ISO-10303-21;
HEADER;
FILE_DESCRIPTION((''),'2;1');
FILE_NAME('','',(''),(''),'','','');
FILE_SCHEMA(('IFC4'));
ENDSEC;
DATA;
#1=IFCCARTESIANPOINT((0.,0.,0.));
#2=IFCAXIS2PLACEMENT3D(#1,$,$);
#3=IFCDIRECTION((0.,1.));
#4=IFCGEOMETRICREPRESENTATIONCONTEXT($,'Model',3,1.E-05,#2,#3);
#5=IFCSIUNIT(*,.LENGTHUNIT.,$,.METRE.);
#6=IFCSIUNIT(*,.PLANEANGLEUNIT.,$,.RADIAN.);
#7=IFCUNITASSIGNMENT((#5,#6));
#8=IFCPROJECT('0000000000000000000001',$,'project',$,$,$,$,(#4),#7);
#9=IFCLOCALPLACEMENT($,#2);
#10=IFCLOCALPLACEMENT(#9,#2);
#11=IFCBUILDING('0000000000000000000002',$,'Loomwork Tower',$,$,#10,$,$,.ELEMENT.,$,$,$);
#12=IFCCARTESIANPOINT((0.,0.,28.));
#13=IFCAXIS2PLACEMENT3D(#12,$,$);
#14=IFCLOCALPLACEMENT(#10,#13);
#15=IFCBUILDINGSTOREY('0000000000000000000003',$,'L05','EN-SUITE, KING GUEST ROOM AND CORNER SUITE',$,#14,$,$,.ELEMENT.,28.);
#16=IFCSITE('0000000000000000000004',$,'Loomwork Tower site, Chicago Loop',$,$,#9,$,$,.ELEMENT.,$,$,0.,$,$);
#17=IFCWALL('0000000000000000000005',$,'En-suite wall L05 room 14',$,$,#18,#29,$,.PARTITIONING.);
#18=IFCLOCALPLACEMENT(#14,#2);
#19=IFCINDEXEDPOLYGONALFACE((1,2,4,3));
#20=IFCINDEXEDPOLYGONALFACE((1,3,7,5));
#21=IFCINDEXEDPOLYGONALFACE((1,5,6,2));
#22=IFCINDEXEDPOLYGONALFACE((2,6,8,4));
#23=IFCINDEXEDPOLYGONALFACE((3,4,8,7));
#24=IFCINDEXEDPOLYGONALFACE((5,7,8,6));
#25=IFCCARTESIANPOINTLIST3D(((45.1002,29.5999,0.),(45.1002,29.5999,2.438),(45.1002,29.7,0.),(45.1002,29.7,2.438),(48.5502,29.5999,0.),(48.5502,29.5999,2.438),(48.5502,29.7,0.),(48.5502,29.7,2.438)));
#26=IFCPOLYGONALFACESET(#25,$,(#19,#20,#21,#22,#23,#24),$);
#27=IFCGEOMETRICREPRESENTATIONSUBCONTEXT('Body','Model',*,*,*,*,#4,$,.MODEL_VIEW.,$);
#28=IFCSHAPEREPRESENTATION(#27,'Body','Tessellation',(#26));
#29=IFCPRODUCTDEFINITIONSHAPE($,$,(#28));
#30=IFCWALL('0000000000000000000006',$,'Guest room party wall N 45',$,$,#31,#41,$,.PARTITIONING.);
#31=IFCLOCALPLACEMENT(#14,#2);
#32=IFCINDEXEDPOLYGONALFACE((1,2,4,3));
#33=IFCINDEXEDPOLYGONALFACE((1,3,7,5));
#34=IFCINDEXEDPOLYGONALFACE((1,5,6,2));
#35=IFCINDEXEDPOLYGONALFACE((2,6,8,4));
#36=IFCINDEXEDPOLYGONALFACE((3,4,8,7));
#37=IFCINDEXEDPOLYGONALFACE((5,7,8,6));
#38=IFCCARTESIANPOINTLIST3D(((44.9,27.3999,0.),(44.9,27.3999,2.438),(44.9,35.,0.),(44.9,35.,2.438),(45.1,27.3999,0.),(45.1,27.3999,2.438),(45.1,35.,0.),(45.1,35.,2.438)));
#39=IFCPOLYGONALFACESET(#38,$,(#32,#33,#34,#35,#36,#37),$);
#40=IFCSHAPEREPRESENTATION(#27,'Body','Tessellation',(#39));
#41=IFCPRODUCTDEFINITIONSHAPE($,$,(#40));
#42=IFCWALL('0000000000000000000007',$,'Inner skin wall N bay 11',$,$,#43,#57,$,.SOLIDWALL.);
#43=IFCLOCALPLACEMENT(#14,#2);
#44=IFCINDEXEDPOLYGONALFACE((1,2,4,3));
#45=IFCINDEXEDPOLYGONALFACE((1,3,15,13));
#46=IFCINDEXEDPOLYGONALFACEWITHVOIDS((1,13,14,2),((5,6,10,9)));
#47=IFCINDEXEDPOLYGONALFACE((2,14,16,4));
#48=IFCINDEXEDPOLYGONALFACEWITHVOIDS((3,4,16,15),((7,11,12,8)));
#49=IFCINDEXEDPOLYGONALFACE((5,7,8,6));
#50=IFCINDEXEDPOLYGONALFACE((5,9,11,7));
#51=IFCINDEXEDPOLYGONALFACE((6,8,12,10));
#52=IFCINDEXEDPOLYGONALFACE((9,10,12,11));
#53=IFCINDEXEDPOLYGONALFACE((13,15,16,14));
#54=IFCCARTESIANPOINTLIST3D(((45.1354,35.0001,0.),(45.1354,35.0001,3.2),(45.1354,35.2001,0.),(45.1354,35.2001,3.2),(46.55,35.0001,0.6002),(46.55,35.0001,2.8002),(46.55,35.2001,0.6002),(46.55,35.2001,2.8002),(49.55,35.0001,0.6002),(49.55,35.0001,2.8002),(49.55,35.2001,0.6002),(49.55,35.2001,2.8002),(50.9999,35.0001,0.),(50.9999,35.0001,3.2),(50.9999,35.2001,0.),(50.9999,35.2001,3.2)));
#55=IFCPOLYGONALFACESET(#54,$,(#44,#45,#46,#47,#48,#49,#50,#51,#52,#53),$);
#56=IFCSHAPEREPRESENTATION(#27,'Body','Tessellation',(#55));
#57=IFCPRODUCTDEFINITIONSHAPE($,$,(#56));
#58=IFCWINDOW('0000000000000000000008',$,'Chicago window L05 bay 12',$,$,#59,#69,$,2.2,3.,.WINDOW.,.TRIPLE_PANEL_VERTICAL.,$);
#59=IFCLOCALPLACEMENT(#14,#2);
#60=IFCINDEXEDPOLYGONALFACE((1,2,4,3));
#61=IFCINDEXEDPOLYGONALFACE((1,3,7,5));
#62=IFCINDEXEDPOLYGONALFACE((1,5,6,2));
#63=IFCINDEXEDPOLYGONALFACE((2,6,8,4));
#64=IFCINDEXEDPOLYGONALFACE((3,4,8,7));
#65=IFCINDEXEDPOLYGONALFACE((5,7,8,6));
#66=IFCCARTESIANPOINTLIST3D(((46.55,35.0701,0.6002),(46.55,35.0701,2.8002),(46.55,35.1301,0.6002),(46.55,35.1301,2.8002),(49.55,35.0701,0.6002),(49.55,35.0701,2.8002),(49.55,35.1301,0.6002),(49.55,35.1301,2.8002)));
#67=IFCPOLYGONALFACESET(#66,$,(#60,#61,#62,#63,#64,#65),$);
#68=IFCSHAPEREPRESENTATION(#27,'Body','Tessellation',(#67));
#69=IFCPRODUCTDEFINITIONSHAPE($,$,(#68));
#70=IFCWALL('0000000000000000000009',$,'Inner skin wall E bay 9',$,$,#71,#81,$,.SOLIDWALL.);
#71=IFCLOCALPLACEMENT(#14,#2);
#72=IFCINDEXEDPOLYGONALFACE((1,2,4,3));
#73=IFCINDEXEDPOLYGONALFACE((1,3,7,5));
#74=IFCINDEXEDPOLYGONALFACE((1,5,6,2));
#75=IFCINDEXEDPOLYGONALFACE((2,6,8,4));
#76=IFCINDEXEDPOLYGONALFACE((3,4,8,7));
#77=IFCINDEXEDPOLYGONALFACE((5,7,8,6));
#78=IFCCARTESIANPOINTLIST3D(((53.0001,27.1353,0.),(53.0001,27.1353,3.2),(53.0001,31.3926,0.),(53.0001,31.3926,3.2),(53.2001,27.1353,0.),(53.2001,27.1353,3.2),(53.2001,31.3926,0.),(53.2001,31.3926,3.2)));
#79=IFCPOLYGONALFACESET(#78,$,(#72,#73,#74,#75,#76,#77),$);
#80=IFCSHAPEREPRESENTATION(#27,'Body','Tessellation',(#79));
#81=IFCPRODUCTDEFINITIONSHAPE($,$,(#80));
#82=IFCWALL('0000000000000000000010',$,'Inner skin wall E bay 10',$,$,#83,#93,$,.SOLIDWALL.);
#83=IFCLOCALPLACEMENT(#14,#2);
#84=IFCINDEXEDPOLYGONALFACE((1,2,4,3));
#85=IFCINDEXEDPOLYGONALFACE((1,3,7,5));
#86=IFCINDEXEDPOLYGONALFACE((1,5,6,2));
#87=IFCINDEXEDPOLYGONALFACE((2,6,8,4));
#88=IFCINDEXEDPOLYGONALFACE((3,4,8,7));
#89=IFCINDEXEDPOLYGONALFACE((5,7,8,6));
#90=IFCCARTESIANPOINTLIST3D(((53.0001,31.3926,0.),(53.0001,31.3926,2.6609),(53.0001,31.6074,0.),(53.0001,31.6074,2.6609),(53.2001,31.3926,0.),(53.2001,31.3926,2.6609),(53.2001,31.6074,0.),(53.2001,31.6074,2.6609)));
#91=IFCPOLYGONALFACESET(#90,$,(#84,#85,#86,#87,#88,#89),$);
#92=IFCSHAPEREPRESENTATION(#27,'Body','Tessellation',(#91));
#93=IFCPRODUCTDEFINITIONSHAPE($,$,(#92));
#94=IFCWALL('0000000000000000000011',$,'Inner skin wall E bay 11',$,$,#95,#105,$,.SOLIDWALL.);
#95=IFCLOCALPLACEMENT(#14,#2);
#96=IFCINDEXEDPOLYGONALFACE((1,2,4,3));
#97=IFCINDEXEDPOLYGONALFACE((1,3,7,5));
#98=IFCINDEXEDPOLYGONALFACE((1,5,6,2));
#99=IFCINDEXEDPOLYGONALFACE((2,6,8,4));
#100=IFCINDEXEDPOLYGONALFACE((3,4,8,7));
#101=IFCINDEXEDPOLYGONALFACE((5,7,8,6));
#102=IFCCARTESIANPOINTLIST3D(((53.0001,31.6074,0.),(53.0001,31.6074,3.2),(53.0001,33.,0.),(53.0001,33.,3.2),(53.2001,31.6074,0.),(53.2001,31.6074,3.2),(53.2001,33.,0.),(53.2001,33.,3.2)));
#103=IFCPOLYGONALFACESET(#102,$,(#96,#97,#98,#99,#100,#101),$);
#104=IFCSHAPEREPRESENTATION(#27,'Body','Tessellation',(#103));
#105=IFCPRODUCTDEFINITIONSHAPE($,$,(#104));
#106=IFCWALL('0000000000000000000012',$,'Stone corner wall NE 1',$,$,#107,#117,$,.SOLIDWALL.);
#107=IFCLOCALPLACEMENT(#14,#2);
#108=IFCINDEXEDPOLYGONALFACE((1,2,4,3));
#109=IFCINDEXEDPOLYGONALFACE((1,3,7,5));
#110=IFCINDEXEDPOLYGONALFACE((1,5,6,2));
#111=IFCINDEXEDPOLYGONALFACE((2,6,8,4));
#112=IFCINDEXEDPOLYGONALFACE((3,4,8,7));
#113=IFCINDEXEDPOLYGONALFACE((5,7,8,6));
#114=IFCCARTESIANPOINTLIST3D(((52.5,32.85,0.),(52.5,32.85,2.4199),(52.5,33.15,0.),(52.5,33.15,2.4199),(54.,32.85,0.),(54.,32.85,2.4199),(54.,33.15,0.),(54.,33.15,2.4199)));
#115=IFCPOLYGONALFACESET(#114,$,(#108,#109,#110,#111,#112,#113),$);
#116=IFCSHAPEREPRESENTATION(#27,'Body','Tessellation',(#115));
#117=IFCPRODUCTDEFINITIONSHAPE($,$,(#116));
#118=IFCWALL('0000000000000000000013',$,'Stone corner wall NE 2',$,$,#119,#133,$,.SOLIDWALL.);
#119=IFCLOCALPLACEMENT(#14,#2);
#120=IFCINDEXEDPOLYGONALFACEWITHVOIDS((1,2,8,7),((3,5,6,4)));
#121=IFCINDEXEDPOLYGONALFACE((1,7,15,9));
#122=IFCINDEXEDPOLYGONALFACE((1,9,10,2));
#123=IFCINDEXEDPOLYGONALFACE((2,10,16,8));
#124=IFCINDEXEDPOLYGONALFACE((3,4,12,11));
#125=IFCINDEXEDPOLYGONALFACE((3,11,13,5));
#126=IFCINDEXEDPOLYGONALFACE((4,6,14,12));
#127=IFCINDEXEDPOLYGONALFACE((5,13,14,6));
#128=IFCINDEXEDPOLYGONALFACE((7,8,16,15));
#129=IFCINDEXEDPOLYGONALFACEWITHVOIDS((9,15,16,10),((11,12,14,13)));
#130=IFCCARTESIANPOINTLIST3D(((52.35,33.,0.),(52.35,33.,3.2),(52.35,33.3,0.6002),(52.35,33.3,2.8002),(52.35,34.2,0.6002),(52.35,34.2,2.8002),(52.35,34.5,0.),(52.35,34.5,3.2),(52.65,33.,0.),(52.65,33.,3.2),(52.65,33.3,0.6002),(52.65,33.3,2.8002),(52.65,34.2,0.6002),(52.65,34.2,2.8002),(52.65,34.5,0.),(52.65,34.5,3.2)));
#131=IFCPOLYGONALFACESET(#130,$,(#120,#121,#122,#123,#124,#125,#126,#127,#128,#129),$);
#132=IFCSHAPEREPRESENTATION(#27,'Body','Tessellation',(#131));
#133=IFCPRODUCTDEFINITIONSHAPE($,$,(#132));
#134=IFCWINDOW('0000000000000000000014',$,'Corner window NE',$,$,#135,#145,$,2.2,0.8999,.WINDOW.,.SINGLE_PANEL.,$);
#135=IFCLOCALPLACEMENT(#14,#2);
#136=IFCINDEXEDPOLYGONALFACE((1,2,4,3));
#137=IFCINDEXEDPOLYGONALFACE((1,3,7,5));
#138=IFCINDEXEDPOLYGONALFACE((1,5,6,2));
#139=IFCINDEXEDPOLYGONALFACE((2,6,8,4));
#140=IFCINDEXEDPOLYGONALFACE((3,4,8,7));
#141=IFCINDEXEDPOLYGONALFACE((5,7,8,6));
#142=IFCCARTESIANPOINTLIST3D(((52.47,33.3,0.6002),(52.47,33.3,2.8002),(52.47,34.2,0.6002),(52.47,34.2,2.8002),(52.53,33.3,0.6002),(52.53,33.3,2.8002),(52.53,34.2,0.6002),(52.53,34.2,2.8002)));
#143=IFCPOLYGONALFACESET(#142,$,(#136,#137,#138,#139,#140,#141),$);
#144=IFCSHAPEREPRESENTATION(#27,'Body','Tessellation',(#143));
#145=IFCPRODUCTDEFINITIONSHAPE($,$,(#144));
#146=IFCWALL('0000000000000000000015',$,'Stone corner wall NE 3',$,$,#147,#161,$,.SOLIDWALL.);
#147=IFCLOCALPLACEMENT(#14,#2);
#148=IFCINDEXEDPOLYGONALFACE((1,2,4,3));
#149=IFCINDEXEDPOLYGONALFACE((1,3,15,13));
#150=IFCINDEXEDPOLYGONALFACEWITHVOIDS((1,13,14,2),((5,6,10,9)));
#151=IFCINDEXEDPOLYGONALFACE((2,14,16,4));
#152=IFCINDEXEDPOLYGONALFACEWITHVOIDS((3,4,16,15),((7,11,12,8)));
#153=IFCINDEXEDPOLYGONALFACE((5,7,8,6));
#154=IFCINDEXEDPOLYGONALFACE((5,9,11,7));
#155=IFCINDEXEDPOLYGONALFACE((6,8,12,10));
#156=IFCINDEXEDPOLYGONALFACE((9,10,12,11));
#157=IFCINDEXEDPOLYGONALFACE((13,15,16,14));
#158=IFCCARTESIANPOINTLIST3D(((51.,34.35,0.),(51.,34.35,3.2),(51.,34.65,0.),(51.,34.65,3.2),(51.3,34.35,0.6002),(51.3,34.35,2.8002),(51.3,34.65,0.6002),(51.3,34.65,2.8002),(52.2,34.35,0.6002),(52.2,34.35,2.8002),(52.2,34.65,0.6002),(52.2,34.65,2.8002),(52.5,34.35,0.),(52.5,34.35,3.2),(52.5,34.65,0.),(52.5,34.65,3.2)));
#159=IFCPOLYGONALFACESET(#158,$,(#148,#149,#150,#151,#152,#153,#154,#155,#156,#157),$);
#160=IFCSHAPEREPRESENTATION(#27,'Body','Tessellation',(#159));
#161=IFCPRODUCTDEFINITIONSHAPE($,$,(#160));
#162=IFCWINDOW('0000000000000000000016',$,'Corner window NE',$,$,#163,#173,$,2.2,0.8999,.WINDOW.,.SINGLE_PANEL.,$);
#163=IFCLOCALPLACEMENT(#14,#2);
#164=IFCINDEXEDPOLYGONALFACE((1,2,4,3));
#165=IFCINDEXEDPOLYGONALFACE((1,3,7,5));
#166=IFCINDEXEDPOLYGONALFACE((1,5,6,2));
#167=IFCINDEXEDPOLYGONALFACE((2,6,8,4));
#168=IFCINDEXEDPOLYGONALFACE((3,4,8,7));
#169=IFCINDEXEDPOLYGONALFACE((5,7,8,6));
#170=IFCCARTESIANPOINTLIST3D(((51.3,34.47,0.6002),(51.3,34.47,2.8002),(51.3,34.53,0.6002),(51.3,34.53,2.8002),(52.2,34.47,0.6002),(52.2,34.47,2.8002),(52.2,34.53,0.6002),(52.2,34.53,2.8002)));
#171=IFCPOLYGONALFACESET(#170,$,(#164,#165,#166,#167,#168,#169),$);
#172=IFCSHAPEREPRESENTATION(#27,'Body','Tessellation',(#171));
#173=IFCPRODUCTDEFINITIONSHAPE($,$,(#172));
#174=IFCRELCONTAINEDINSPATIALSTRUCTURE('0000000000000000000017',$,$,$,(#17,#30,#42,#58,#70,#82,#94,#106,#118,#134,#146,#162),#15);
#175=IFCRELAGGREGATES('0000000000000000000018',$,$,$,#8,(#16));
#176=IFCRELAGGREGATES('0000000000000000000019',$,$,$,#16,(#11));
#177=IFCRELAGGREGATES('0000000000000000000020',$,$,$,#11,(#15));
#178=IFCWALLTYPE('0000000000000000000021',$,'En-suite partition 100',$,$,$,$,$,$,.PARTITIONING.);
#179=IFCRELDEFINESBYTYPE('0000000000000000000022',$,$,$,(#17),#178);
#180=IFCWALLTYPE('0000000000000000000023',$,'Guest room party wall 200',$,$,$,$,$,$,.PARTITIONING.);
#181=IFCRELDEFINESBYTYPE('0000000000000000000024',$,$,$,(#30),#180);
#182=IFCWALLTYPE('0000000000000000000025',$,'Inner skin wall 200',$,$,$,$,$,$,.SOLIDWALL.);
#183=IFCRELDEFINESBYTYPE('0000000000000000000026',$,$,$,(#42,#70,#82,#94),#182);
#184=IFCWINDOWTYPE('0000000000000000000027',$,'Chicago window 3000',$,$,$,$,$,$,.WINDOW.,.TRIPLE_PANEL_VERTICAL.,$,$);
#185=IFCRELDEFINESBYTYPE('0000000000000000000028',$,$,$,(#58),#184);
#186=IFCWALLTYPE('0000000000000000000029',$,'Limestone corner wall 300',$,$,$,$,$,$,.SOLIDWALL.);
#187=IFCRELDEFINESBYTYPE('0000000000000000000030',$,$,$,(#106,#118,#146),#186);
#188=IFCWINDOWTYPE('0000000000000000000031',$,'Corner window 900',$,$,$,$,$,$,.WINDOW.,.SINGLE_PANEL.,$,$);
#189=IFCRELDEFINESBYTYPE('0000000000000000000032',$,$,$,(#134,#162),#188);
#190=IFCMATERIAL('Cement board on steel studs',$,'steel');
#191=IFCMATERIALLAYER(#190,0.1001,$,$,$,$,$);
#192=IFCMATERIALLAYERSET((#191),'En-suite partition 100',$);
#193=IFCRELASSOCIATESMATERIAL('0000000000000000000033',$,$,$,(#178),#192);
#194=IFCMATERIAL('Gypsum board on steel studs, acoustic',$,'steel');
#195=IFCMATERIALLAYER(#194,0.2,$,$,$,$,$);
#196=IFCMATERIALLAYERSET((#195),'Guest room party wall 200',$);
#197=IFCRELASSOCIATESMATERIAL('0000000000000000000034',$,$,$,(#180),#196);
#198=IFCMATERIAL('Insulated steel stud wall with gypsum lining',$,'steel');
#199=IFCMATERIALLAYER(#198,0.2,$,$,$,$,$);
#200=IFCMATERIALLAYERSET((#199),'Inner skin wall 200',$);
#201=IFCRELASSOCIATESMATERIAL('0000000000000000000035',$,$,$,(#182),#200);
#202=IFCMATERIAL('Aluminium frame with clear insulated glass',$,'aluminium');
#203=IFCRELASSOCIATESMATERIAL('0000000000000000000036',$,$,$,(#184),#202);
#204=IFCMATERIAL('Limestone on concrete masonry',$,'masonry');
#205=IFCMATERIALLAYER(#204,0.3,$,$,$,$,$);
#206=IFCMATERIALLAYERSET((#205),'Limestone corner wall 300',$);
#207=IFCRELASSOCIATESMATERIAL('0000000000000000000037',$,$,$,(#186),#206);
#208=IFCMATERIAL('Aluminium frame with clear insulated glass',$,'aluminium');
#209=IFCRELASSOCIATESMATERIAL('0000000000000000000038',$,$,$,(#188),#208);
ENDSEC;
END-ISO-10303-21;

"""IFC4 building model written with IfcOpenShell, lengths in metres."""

from ifc_helpers import new_model, si_unit, direction, frame, frame_2d, origin, place, context, subcontext, project, spatial, rectangle, extrude, material, layer, layer_set, type_object, element, fill, save


model = new_model("IFC4")

# Units and contexts
model_context = context("Model", 3, precision=1e-05, world=origin(), true_north=direction((0.0, 1.0)))
body_context = subcontext(model_context, "Body", "Model", "MODEL_VIEW")
ifc_project = project(units=[si_unit("LENGTHUNIT", "METRE"), si_unit("PLANEANGLEUNIT", "RADIAN")], contexts=[model_context])

# Site, building, storey
site_placement = place(None, origin())
site = spatial("IfcSite", under=ifc_project, at=site_placement, Name="Loomwork Tower site, Chicago Loop", CompositionType="ELEMENT", RefElevation=0.0)
building_placement = place(site_placement, origin())
building = spatial("IfcBuilding", under=site, at=building_placement, Name="Loomwork Tower", CompositionType="ELEMENT")
storey_placement = place(building_placement, frame((0.0, 0.0, 28.0)))
storey = spatial("IfcBuildingStorey", under=building, at=storey_placement, Name="L05", Description="EN-SUITE, KING GUEST ROOM AND CORNER SUITE", CompositionType="ELEMENT", Elevation=28.0)

# Walls
ifc_material_1 = material(Name="Cement board on steel studs", Category="steel")
ifc_layer_1 = layer(ifc_material_1, 0.1001)
ifc_layer_set_1 = layer_set([ifc_layer_1], Name="En-suite partition 100")
wall_type_1 = type_object("IfcWallType", Name="En-suite partition 100", PredefinedType="PARTITIONING", material=ifc_layer_set_1)
wall_1_placement = place(storey_placement, frame((45.1001, 29.6499, 0.0), z_axis=(0.0, 0.0, 1.0), x_axis=(1.0, 0.0, 0.0)))
element("IfcWall", 1, at=wall_1_placement, inside=storey, type_object=wall_type_1, Name="En-suite wall L05 room 14", PredefinedType="PARTITIONING", context=body_context, shape_type="SweptSolid", body=[
    extrude(rectangle(XDim=3.45, YDim=0.1001, at=frame_2d((1.7251, 0.0))), origin(), (0.0, 0.0, 1.0), 2.438),
])
ifc_material_2 = material(Name="Gypsum board on steel studs, acoustic", Category="steel")
ifc_layer_2 = layer(ifc_material_2, 0.2)
ifc_layer_set_2 = layer_set([ifc_layer_2], Name="Guest room party wall 200")
wall_type_2 = type_object("IfcWallType", Name="Guest room party wall 200", PredefinedType="PARTITIONING", material=ifc_layer_set_2)
wall_2_placement = place(storey_placement, frame((45.0, 27.3999, 0.0), z_axis=(0.0, 0.0, 1.0), x_axis=(0.0, 1.0, 0.0)))
element("IfcWall", 2, at=wall_2_placement, inside=storey, type_object=wall_type_2, Name="Guest room party wall N 45", PredefinedType="PARTITIONING", context=body_context, shape_type="SweptSolid", body=[
    extrude(rectangle(XDim=7.6001, YDim=0.2, at=frame_2d((3.8, 0.0))), origin(), (0.0, 0.0, 1.0), 2.438),
])

# Wall, opening, window
ifc_material_3 = material(Name="Insulated steel stud wall with gypsum lining", Category="steel")
ifc_layer_3 = layer(ifc_material_3, 0.2)
ifc_layer_set_3 = layer_set([ifc_layer_3], Name="Inner skin wall 200")
wall_type_3 = type_object("IfcWallType", Name="Inner skin wall 200", PredefinedType="SOLIDWALL", material=ifc_layer_set_3)
wall_3_placement = place(storey_placement, frame((45.1355, 35.1001, 0.0), z_axis=(0.0, 0.0, 1.0), x_axis=(1.0, 0.0, 0.0)))
wall_3 = element("IfcWall", 3, at=wall_3_placement, inside=storey, type_object=wall_type_3, Name="Inner skin wall N bay 11", PredefinedType="SOLIDWALL", context=body_context, shape_type="SweptSolid", body=[
    extrude(rectangle(XDim=5.8645, YDim=0.2, at=frame_2d((2.9321, 0.0))), origin(), (0.0, 0.0, 1.0), 3.2),
])
opening_1_placement = place(wall_3_placement, frame((1.4146, 0.0, 0.6001)))
opening_1 = element("IfcOpeningElement", 4, at=opening_1_placement, cuts=wall_3, PredefinedType="OPENING", context=body_context, shape_type="SweptSolid", body=[
    extrude(rectangle(XDim=3.0, YDim=2.2, at=frame_2d((1.5, 1.1001))), frame((0.0, 0.1099, 0.0), z_axis=(0.0, -1.0, 0.0), x_axis=(1.0, 0.0, 0.0)), (0.0, 0.0, 1.0), 0.22),
])
ifc_material_4 = material(Name="Aluminium frame with clear insulated glass", Category="aluminium")
window_type_1 = type_object("IfcWindowType", Name="Chicago window 3000", PartitioningType="TRIPLE_PANEL_VERTICAL", PredefinedType="WINDOW", material=ifc_material_4)
window_1_placement = place(opening_1_placement, origin())
window_1 = element("IfcWindow", 5, at=window_1_placement, inside=storey, type_object=window_type_1, Name="Chicago window L05 bay 12", OverallHeight=2.2, OverallWidth=3.0, PartitioningType="TRIPLE_PANEL_VERTICAL", PredefinedType="WINDOW", context=body_context, shape_type="SweptSolid", body=[
    extrude(rectangle(XDim=3.0, YDim=2.2, at=frame_2d((1.5, 1.1001))), frame((0.0, 0.03, 0.0), z_axis=(0.0, -1.0, 0.0), x_axis=(1.0, 0.0, 0.0)), (0.0, 0.0, 1.0), 0.0601),
])
fill(opening_1, window_1)

# Walls
wall_4_placement = place(storey_placement, frame((53.1001, 27.1353, 0.0), z_axis=(0.0, 0.0, 1.0), x_axis=(0.0, 1.0, 0.0)))
element("IfcWall", 6, at=wall_4_placement, inside=storey, type_object=wall_type_3, Name="Inner skin wall E bay 9", PredefinedType="SOLIDWALL", context=body_context, shape_type="SweptSolid", body=[
    extrude(rectangle(XDim=4.2573, YDim=0.2, at=frame_2d((2.1287, 0.0))), origin(), (0.0, 0.0, 1.0), 3.2),
])
wall_5_placement = place(storey_placement, frame((53.1001, 31.3926, 0.0), z_axis=(0.0, 0.0, 1.0), x_axis=(0.0, 1.0, 0.0)))
element("IfcWall", 7, at=wall_5_placement, inside=storey, type_object=wall_type_3, Name="Inner skin wall E bay 10", PredefinedType="SOLIDWALL", context=body_context, shape_type="SweptSolid", body=[
    extrude(rectangle(XDim=0.2148, YDim=0.2, at=frame_2d((0.1074, 0.0))), origin(), (0.0, 0.0, 1.0), 2.6609),
])
wall_6_placement = place(storey_placement, frame((53.1001, 31.6074, 0.0), z_axis=(0.0, 0.0, 1.0), x_axis=(0.0, 1.0, 0.0)))
element("IfcWall", 8, at=wall_6_placement, inside=storey, type_object=wall_type_3, Name="Inner skin wall E bay 11", PredefinedType="SOLIDWALL", context=body_context, shape_type="SweptSolid", body=[
    extrude(rectangle(XDim=1.3926, YDim=0.2, at=frame_2d((0.6963, 0.0))), origin(), (0.0, 0.0, 1.0), 3.2),
])
ifc_material_5 = material(Name="Limestone on concrete masonry", Category="masonry")
ifc_layer_4 = layer(ifc_material_5, 0.3)
ifc_layer_set_4 = layer_set([ifc_layer_4], Name="Limestone corner wall 300")
wall_type_4 = type_object("IfcWallType", Name="Limestone corner wall 300", PredefinedType="SOLIDWALL", material=ifc_layer_set_4)
wall_7_placement = place(storey_placement, frame((54.0, 33.0, 0.0), z_axis=(0.0, 0.0, 1.0), x_axis=(-1.0, 0.0, 0.0)))
element("IfcWall", 9, at=wall_7_placement, inside=storey, type_object=wall_type_4, Name="Stone corner wall NE 1", PredefinedType="SOLIDWALL", context=body_context, shape_type="SweptSolid", body=[
    extrude(rectangle(XDim=1.5, YDim=0.3, at=frame_2d((0.75, 0.0))), origin(), (0.0, 0.0, 1.0), 2.4199),
])

# Walls, openings, windows
wall_8_placement = place(storey_placement, frame((52.5, 33.0, 0.0), z_axis=(0.0, 0.0, 1.0), x_axis=(0.0, 1.0, 0.0)))
wall_8 = element("IfcWall", 10, at=wall_8_placement, inside=storey, type_object=wall_type_4, Name="Stone corner wall NE 2", PredefinedType="SOLIDWALL", context=body_context, shape_type="SweptSolid", body=[
    extrude(rectangle(XDim=1.5, YDim=0.3, at=frame_2d((0.75, 0.0))), origin(), (0.0, 0.0, 1.0), 3.2),
])
opening_2_placement = place(wall_8_placement, frame((0.3, 0.0, 0.6001)))
opening_2 = element("IfcOpeningElement", 11, at=opening_2_placement, cuts=wall_8, PredefinedType="OPENING", context=body_context, shape_type="SweptSolid", body=[
    extrude(rectangle(XDim=0.8999, YDim=2.2, at=frame_2d((0.45, 1.1001))), frame((0.0, 0.1599, 0.0), z_axis=(0.0, -1.0, 0.0), x_axis=(1.0, 0.0, 0.0)), (0.0, 0.0, 1.0), 0.3201),
])
ifc_material_6 = material(Name="Aluminium frame with clear insulated glass", Category="aluminium")
window_type_2 = type_object("IfcWindowType", Name="Corner window 900", PartitioningType="SINGLE_PANEL", PredefinedType="WINDOW", material=ifc_material_6)
window_2_placement = place(opening_2_placement, origin())
window_2 = element("IfcWindow", 12, at=window_2_placement, inside=storey, type_object=window_type_2, Name="Corner window NE", OverallHeight=2.2, OverallWidth=0.8999, PartitioningType="SINGLE_PANEL", PredefinedType="WINDOW", context=body_context, shape_type="SweptSolid", body=[
    extrude(rectangle(XDim=0.8999, YDim=2.2, at=frame_2d((0.45, 1.1001))), frame((0.0, 0.03, 0.0), z_axis=(0.0, -1.0, 0.0), x_axis=(1.0, 0.0, 0.0)), (0.0, 0.0, 1.0), 0.0601),
])
fill(opening_2, window_2)
wall_9_placement = place(storey_placement, frame((52.5, 34.5, 0.0), z_axis=(0.0, 0.0, 1.0), x_axis=(-1.0, 0.0, 0.0)))
wall_9 = element("IfcWall", 13, at=wall_9_placement, inside=storey, type_object=wall_type_4, Name="Stone corner wall NE 3", PredefinedType="SOLIDWALL", context=body_context, shape_type="SweptSolid", body=[
    extrude(rectangle(XDim=1.5, YDim=0.3, at=frame_2d((0.75, 0.0))), origin(), (0.0, 0.0, 1.0), 3.2),
])
opening_3_placement = place(wall_9_placement, frame((0.3, 0.0, 0.6001)))
opening_3 = element("IfcOpeningElement", 14, at=opening_3_placement, cuts=wall_9, PredefinedType="OPENING", context=body_context, shape_type="SweptSolid", body=[
    extrude(rectangle(XDim=0.8999, YDim=2.2, at=frame_2d((0.45, 1.1001))), frame((0.0, 0.1599, 0.0), z_axis=(0.0, -1.0, 0.0), x_axis=(1.0, 0.0, 0.0)), (0.0, 0.0, 1.0), 0.3201),
])
window_3_placement = place(opening_3_placement, origin())
window_3 = element("IfcWindow", 15, at=window_3_placement, inside=storey, type_object=window_type_2, Name="Corner window NE", OverallHeight=2.2, OverallWidth=0.8999, PartitioningType="SINGLE_PANEL", PredefinedType="WINDOW", context=body_context, shape_type="SweptSolid", body=[
    extrude(rectangle(XDim=0.8999, YDim=2.2, at=frame_2d((0.45, 1.1001))), frame((0.0, 0.03, 0.0), z_axis=(0.0, -1.0, 0.0), x_axis=(1.0, 0.0, 0.0)), (0.0, 0.0, 1.0), 0.0601),
])
fill(opening_3, window_3)

save(model, "model.ifc")
